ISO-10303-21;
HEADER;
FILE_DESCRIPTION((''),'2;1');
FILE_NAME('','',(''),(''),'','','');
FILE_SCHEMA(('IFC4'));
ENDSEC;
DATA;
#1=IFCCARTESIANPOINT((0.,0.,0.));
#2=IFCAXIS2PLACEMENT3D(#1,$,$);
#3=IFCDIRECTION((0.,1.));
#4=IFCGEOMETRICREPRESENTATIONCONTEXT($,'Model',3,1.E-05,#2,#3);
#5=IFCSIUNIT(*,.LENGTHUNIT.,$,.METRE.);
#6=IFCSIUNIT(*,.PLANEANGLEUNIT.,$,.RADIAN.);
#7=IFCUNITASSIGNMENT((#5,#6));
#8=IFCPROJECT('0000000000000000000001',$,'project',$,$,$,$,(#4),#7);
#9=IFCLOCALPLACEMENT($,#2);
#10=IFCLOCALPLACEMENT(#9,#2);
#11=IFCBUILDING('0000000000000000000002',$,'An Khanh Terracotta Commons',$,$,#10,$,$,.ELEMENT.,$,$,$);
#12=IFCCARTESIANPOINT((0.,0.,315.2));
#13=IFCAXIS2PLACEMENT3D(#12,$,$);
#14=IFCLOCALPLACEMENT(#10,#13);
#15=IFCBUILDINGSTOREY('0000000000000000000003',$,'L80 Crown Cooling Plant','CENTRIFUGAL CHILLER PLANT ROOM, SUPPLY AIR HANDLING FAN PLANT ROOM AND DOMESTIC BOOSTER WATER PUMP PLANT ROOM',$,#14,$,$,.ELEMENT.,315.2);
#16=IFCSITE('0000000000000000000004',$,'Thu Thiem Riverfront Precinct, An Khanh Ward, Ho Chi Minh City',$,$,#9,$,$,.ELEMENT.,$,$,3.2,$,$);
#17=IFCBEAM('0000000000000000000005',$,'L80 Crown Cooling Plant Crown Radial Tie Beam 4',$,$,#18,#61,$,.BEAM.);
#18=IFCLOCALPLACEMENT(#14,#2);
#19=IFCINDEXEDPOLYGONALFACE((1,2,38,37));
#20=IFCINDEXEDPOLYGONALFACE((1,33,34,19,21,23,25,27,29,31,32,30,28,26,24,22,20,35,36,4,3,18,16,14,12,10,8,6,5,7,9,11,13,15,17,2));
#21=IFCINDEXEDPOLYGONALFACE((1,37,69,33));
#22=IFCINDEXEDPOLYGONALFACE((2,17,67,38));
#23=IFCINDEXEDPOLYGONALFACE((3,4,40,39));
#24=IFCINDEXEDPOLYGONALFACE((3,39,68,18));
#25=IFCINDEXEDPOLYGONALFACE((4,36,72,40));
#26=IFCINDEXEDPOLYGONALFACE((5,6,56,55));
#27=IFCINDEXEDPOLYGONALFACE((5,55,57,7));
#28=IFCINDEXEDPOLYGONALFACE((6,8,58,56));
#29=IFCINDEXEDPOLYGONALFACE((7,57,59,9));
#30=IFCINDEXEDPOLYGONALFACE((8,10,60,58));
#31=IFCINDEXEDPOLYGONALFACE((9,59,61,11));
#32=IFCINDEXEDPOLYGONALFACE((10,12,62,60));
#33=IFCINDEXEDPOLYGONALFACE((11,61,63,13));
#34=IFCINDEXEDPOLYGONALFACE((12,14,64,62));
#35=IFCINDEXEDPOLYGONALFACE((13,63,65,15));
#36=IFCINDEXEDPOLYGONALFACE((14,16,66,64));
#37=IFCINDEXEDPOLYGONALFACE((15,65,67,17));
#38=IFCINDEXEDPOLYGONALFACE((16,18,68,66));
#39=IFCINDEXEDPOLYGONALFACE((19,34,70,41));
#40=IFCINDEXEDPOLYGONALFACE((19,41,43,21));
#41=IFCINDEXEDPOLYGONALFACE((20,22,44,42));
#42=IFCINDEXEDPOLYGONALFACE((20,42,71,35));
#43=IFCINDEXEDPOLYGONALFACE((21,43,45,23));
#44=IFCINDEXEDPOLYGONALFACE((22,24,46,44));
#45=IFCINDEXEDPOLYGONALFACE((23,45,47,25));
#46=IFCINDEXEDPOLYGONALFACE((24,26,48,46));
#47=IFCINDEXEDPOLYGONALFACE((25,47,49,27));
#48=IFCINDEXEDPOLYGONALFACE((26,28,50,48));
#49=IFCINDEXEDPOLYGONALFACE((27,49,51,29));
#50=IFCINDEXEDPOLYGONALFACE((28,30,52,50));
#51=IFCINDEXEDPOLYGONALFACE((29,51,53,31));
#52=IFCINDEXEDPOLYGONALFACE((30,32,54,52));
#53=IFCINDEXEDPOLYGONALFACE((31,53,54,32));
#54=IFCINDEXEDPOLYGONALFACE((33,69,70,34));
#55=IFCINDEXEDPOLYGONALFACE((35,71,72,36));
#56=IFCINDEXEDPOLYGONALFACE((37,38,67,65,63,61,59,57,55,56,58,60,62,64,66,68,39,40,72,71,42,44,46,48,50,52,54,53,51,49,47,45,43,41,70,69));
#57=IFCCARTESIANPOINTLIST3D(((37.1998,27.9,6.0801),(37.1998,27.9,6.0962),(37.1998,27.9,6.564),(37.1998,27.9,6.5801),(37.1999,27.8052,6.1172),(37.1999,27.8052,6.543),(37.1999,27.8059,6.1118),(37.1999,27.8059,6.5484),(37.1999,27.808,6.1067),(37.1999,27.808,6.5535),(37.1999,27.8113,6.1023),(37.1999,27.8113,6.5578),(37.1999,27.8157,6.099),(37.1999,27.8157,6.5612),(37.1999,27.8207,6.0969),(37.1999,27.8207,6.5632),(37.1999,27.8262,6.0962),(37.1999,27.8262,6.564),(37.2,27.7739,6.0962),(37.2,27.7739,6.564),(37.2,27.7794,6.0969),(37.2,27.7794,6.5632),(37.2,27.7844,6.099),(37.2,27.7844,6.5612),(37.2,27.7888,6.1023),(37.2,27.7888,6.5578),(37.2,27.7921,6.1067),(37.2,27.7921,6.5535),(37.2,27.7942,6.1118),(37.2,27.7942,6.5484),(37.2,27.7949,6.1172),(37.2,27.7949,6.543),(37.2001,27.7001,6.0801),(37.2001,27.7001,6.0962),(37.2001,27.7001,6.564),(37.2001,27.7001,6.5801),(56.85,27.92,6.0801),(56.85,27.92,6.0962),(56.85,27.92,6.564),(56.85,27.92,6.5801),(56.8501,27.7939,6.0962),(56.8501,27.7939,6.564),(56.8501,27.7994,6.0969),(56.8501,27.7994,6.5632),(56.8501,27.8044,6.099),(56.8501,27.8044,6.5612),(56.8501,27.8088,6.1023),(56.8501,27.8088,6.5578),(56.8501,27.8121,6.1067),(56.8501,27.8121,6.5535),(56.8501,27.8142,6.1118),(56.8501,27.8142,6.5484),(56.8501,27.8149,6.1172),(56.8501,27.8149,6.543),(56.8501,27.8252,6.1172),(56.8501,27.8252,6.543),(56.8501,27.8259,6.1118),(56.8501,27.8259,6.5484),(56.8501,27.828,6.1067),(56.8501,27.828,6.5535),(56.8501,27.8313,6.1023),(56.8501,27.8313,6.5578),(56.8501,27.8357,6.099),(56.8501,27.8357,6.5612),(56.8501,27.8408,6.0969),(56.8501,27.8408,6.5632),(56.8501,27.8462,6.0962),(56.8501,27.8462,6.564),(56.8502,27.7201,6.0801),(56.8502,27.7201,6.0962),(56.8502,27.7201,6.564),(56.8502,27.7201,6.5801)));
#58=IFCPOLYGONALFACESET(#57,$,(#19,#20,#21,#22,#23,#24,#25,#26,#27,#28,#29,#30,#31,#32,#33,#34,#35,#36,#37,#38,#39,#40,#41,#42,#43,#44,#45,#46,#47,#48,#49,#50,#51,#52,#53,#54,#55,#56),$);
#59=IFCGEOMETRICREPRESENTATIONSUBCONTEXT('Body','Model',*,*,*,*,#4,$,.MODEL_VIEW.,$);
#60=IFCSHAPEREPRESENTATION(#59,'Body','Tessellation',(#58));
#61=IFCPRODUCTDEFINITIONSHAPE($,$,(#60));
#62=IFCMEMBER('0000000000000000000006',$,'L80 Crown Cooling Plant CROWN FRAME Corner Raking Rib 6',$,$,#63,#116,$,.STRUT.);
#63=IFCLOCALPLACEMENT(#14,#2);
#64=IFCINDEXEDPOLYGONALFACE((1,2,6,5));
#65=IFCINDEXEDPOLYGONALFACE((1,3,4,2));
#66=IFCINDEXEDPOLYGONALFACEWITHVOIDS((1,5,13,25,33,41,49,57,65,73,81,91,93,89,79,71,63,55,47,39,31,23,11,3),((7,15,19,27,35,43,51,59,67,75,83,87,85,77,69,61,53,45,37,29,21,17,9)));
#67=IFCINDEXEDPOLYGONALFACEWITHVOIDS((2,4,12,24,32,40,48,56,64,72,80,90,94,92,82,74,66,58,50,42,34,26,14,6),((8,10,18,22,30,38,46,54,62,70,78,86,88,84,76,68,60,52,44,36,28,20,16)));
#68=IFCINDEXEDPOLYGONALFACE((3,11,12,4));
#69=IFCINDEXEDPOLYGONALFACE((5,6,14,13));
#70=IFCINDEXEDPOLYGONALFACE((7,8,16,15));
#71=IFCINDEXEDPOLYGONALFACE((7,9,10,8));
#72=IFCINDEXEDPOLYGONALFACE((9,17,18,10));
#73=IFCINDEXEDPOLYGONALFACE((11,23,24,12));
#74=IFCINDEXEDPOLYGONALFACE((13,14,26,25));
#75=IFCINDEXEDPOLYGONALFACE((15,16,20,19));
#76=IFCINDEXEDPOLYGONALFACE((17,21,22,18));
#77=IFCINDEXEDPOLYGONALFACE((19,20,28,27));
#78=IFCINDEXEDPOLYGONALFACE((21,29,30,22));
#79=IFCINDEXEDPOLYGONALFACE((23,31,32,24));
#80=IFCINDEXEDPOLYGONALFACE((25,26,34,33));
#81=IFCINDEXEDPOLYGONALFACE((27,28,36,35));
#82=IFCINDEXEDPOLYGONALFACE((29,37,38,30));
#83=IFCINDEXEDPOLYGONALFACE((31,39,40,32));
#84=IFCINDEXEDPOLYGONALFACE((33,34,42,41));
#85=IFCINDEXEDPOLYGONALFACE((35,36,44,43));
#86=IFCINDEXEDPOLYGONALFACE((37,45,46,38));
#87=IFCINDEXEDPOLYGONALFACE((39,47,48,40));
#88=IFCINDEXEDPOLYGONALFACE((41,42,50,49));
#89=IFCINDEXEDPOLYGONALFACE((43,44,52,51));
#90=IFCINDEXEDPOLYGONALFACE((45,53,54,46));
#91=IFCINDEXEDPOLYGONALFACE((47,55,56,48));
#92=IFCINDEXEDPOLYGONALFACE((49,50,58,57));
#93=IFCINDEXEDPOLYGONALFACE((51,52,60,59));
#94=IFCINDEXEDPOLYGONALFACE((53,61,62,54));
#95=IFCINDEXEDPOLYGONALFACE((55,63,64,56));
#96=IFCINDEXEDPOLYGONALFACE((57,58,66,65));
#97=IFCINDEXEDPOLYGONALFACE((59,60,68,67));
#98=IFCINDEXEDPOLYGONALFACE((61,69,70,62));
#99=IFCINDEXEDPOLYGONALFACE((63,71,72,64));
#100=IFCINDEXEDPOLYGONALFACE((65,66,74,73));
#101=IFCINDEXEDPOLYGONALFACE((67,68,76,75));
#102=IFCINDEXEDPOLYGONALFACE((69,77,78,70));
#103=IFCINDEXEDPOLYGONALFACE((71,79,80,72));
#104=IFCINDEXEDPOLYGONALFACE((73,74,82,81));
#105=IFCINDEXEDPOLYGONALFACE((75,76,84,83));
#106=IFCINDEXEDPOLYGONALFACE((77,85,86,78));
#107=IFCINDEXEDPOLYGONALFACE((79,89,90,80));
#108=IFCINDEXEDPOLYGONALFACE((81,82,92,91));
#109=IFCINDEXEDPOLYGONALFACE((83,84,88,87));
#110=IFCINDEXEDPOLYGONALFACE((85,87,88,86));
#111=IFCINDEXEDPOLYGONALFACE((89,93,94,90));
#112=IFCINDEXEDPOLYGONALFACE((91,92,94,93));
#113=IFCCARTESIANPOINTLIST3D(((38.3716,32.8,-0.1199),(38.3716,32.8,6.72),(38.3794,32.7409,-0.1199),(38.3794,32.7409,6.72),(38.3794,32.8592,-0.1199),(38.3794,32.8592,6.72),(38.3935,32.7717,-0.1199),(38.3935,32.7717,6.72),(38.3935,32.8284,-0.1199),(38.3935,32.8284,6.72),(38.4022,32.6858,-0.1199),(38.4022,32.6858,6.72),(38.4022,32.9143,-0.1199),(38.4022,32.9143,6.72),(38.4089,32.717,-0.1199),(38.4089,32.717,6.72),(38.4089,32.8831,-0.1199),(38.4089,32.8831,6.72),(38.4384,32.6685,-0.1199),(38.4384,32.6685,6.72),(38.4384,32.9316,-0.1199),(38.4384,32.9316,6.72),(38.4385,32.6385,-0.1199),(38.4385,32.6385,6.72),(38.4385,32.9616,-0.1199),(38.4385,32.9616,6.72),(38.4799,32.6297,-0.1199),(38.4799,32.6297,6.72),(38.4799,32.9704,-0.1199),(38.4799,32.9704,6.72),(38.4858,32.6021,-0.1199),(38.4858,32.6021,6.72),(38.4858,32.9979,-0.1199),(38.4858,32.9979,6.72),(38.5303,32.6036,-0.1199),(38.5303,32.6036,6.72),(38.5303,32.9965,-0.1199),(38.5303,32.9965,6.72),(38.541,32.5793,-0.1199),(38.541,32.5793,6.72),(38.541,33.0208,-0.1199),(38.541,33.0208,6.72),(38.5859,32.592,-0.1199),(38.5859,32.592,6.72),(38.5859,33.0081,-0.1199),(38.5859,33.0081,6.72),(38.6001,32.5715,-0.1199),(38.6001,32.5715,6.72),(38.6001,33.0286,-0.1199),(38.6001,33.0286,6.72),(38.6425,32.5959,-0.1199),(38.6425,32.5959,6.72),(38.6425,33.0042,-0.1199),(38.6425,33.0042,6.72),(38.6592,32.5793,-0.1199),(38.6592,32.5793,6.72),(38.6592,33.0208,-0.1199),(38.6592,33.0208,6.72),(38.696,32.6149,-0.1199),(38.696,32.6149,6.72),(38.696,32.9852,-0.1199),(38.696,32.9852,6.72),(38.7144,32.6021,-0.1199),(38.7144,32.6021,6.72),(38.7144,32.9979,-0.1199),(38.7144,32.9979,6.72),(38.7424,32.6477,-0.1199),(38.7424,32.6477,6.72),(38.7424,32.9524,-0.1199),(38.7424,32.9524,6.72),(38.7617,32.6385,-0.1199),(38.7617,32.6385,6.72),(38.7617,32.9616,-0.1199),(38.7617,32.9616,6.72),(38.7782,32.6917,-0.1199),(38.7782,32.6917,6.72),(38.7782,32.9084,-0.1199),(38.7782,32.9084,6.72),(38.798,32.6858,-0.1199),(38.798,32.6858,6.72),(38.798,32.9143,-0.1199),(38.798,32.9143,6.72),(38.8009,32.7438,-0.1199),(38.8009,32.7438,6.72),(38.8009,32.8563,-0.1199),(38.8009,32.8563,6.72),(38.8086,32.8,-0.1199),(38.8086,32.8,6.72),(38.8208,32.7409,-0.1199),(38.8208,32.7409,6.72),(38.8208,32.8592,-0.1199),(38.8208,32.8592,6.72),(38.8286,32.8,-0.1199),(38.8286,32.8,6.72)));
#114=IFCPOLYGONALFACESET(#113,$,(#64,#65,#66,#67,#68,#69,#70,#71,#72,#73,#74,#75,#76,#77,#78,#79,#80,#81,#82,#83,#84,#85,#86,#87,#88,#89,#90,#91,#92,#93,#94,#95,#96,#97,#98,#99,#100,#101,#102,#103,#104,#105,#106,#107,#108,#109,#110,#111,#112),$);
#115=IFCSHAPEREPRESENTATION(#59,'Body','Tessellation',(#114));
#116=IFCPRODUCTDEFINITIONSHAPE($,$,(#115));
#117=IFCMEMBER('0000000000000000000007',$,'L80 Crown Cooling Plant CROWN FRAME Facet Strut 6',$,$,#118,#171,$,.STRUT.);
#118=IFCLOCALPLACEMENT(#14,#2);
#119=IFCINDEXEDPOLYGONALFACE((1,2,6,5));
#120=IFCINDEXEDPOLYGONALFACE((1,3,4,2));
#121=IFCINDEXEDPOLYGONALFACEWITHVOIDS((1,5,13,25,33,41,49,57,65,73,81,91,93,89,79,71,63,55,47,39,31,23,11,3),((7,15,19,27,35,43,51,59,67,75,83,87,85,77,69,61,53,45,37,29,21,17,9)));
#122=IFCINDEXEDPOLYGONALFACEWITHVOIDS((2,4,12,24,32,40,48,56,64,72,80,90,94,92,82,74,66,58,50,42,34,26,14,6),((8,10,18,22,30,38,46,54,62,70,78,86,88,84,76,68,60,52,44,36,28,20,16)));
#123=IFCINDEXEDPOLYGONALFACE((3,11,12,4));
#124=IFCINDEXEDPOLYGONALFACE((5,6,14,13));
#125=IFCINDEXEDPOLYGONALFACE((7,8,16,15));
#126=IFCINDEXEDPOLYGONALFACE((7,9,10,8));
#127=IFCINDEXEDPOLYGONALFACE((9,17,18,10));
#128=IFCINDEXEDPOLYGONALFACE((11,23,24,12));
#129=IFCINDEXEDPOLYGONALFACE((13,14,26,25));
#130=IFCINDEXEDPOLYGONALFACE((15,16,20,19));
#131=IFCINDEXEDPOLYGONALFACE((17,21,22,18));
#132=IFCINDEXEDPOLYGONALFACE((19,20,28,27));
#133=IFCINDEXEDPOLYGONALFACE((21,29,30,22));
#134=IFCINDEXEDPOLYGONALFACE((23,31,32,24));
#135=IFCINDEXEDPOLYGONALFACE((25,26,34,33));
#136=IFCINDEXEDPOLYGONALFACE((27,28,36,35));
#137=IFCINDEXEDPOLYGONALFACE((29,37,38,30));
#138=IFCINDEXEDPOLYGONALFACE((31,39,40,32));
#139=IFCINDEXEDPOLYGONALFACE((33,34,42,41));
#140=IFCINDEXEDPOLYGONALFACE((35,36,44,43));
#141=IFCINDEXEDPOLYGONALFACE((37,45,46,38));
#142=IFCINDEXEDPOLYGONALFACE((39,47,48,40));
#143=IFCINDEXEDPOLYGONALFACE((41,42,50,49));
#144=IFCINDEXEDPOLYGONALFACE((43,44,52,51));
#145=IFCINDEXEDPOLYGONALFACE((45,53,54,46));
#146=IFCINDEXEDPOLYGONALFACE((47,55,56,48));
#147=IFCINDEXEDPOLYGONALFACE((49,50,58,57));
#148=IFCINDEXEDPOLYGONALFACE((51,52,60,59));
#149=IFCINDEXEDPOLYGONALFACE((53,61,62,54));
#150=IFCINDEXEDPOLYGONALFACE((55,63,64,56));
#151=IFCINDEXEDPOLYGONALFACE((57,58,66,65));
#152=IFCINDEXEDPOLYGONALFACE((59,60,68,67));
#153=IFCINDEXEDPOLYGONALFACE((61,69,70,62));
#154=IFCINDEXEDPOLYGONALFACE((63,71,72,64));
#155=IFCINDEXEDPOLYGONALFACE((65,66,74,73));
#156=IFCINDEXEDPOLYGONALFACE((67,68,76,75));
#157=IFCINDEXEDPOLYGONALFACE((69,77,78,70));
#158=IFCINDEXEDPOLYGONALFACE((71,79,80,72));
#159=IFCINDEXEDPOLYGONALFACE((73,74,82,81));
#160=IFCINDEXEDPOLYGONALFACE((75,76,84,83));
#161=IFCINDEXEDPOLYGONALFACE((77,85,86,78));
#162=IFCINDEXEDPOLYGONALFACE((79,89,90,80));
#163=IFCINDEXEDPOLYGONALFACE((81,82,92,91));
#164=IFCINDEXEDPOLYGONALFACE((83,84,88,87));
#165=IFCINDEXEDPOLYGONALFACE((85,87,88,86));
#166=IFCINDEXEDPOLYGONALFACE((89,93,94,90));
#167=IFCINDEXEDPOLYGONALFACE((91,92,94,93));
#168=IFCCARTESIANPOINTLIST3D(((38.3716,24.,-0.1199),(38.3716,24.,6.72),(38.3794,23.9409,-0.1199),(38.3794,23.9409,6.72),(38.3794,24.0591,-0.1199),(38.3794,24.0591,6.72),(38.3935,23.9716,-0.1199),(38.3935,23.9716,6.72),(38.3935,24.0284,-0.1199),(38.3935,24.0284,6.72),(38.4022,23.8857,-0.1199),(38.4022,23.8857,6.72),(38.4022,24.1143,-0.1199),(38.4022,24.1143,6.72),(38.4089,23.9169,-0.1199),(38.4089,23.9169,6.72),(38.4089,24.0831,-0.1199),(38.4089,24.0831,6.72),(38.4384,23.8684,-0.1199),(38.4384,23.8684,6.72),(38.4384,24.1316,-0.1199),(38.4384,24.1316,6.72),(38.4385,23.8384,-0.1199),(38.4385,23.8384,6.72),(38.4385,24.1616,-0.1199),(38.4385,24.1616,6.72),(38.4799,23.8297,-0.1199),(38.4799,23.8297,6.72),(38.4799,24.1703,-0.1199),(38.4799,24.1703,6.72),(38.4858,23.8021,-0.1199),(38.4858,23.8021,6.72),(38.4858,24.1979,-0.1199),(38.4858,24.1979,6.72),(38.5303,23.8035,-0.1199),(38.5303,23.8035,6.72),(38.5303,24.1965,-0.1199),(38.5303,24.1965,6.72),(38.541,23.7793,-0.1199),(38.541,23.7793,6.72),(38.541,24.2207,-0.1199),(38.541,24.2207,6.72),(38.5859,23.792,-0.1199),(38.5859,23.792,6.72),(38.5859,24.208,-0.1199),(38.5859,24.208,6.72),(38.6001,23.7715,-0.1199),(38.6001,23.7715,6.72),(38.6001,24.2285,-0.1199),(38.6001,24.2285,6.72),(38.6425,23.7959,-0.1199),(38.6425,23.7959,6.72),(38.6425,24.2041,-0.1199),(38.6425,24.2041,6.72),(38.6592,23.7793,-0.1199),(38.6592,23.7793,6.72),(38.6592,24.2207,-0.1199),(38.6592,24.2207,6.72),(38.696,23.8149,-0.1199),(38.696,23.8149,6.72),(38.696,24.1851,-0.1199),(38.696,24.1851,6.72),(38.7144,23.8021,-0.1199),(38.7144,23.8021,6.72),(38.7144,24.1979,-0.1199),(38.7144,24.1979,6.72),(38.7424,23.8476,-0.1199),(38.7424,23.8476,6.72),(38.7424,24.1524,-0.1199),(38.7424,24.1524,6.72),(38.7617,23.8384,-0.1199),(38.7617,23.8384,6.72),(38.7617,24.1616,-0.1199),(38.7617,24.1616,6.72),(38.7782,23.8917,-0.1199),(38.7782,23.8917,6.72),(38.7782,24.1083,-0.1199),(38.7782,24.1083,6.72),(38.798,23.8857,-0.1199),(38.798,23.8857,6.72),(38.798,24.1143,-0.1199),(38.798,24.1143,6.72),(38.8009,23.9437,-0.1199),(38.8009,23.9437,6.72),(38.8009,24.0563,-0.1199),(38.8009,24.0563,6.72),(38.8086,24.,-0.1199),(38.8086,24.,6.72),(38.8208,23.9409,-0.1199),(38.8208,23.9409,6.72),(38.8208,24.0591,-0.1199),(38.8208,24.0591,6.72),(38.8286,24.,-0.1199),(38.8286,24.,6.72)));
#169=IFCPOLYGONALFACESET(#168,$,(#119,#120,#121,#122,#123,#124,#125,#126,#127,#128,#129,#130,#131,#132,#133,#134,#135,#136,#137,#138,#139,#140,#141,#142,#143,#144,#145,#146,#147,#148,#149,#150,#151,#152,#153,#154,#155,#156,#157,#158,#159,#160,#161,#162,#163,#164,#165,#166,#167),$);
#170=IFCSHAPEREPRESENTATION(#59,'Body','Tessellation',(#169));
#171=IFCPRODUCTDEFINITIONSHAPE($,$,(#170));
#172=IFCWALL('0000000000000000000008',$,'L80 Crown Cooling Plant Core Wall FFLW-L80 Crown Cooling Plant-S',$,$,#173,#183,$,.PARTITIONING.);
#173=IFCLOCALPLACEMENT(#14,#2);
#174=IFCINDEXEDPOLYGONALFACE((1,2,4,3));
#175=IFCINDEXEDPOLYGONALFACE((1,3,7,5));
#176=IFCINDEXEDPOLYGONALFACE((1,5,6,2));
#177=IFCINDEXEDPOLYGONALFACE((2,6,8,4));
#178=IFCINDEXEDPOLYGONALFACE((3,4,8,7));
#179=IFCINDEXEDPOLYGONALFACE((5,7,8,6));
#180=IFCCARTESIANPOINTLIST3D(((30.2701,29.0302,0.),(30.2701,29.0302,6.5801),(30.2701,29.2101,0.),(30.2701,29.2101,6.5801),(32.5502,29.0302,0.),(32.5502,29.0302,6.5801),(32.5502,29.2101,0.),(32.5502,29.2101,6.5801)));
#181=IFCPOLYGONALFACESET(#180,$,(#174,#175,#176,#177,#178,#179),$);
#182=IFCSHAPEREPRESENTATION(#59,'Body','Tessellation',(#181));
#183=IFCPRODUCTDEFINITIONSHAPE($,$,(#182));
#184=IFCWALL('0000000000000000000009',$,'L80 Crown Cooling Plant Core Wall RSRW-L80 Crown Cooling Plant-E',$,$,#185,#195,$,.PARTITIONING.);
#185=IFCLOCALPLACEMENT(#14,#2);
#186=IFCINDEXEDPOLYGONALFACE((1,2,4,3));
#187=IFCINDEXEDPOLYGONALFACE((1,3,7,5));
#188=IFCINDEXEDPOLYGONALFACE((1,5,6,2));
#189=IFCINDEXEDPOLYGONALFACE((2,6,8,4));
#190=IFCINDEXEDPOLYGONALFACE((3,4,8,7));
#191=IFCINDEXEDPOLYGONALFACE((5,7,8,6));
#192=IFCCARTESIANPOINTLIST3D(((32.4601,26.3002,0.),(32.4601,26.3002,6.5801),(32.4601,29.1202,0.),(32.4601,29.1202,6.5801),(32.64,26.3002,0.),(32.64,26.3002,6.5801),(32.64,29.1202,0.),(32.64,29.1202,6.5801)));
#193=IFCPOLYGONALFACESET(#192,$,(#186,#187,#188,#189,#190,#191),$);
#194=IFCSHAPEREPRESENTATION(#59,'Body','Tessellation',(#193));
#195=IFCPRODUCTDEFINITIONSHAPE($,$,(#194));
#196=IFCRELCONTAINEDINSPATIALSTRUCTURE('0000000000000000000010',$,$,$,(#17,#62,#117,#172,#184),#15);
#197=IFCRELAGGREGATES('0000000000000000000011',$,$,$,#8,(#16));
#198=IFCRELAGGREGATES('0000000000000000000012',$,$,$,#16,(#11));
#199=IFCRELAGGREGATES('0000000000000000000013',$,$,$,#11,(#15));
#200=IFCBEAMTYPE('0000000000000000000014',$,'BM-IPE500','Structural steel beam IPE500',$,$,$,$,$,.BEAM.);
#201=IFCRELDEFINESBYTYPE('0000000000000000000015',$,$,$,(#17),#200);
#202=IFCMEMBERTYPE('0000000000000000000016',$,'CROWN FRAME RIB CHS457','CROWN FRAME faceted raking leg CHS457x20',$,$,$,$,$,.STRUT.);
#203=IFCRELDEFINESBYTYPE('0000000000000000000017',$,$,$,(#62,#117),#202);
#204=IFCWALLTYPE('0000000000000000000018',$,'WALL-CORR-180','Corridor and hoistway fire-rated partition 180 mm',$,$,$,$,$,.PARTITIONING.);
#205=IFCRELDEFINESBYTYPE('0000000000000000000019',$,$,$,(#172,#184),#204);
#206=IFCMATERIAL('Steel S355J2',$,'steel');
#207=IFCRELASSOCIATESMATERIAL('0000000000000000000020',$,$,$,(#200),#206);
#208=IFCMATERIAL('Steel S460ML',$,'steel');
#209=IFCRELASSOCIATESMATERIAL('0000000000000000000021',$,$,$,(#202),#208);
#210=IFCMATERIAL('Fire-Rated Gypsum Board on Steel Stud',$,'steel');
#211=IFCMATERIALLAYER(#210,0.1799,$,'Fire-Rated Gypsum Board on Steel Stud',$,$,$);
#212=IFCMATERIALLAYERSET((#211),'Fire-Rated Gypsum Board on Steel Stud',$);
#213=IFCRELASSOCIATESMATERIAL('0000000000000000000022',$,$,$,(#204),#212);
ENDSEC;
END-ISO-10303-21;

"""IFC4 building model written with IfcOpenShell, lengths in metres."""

from ifc_helpers import new_model, si_unit, direction, frame, frame_2d, origin, origin_2d, place, context, subcontext, project, spatial, rectangle, hollow_circle, i_section, extrude, material, layer, layer_set, material_profile, profile_set, type_object, element, save


model = new_model("IFC4")

# Units and contexts
model_context = context("Model", 3, precision=1e-05, world=origin(), true_north=direction((0.0, 1.0)))
body_context = subcontext(model_context, "Body", "Model", "MODEL_VIEW")
ifc_project = project(units=[si_unit("LENGTHUNIT", "METRE"), si_unit("PLANEANGLEUNIT", "RADIAN")], contexts=[model_context])

# Site, building, storey
site_placement = place(None, origin())
site = spatial("IfcSite", under=ifc_project, at=site_placement, Name="Thu Thiem Riverfront Precinct, An Khanh Ward, Ho Chi Minh City", CompositionType="ELEMENT", RefElevation=3.2)
building_placement = place(site_placement, origin())
building = spatial("IfcBuilding", under=site, at=building_placement, Name="An Khanh Terracotta Commons", CompositionType="ELEMENT")
storey_placement = place(building_placement, frame((0.0, 0.0, 315.2)))
storey = spatial("IfcBuildingStorey", under=building, at=storey_placement, Name="L80 Crown Cooling Plant", Description="CENTRIFUGAL CHILLER PLANT ROOM, SUPPLY AIR HANDLING FAN PLANT ROOM AND DOMESTIC BOOSTER WATER PUMP PLANT ROOM", CompositionType="ELEMENT", Elevation=315.2)

# Beam
ifc_material_1 = material(Name="Steel S355J2", Category="steel")
ifc_material_profile_1 = material_profile(ifc_material_1, i_section(OverallWidth=0.2, OverallDepth=0.5, WebThickness=0.0103, FlangeThickness=0.0161, FilletRadius=0.021, at=origin_2d()), Name="IPE500")
ifc_profile_set_1 = profile_set([ifc_material_profile_1], Name="Steel S355J2")
beam_type_1 = type_object("IfcBeamType", Name="BM-IPE500", Description="Structural steel beam IPE500", PredefinedType="BEAM", material=ifc_profile_set_1)
for number, where, z_axis, x_axis, name in (
    (1, (37.2, 27.8, 6.3301), (0.999999, 0.001019, 0.0), (-0.001019, 0.999999, 0.0), "L80 Crown Cooling Plant Crown Radial Tie Beam 4"),
):
    element("IfcBeam", number, at=place(storey_placement, frame(where, z_axis=z_axis, x_axis=x_axis)), inside=storey, type_object=beam_type_1, Name=name, PredefinedType="BEAM", context=body_context, shape_type="SweptSolid", body=[
        extrude(i_section(OverallWidth=0.2, OverallDepth=0.5, WebThickness=0.0103, FlangeThickness=0.0161, FilletRadius=0.021, at=origin_2d()), origin(), (0.0, 0.0, 1.0), 19.6501),
    ])

# Members
ifc_material_2 = material(Name="Steel S460ML", Category="steel")
ifc_material_profile_2 = material_profile(ifc_material_2, hollow_circle(Radius=0.2285, WallThickness=0.02, at=origin_2d()), Name="CHS457x20")
ifc_profile_set_2 = profile_set([ifc_material_profile_2], Name="Steel S460ML")
member_type = type_object("IfcMemberType", Name="CROWN FRAME RIB CHS457", Description="CROWN FRAME faceted raking leg CHS457x20", PredefinedType="STRUT", material=ifc_profile_set_2)
for number, where, z_axis, x_axis, name in (
    (2, (38.6001, 32.8, -0.1199), (0.0, 0.0, 1.0), (1.0, 0.0, 0.0), "L80 Crown Cooling Plant CROWN FRAME Corner Raking Rib 6"),
    (3, (38.6001, 24.0, -0.1199), (0.0, 0.0, 1.0), (1.0, 0.0, 0.0), "L80 Crown Cooling Plant CROWN FRAME Facet Strut 6"),
):
    element("IfcMember", number, at=place(storey_placement, frame(where, z_axis=z_axis, x_axis=x_axis)), inside=storey, type_object=member_type, Name=name, PredefinedType="STRUT", context=body_context, shape_type="SweptSolid", body=[
        extrude(hollow_circle(Radius=0.2285, WallThickness=0.02, at=origin_2d()), origin(), (0.0, 0.0, 1.0), 6.8398),
    ])

# Walls
ifc_material_3 = material(Name="Fire-Rated Gypsum Board on Steel Stud", Category="steel")
ifc_layer_1 = layer(ifc_material_3, 0.1799, Name="Fire-Rated Gypsum Board on Steel Stud")
ifc_layer_set_1 = layer_set([ifc_layer_1], Name="Fire-Rated Gypsum Board on Steel Stud")
wall_type_1 = type_object("IfcWallType", Name="WALL-CORR-180", Description="Corridor and hoistway fire-rated partition 180 mm", PredefinedType="PARTITIONING", material=ifc_layer_set_1)
wall_1_placement = place(storey_placement, frame((30.27, 29.1201, 0.0), z_axis=(0.0, 0.0, 1.0), x_axis=(1.0, 0.0, 0.0)))
element("IfcWall", 4, at=wall_1_placement, inside=storey, type_object=wall_type_1, Name="L80 Crown Cooling Plant Core Wall FFLW-L80 Crown Cooling Plant-S", PredefinedType="PARTITIONING", context=body_context, shape_type="SweptSolid", body=[
    extrude(rectangle(XDim=2.28, YDim=0.1799, at=frame_2d((1.1401, 0.0))), origin(), (0.0, 0.0, 1.0), 6.5801),
])
wall_2_placement = place(storey_placement, frame((32.55, 26.3, 0.0), z_axis=(0.0, 0.0, 1.0), x_axis=(0.0, 1.0, 0.0)))
element("IfcWall", 5, at=wall_2_placement, inside=storey, type_object=wall_type_1, Name="L80 Crown Cooling Plant Core Wall RSRW-L80 Crown Cooling Plant-E", PredefinedType="PARTITIONING", context=body_context, shape_type="SweptSolid", body=[
    extrude(rectangle(XDim=2.8201, YDim=0.1799, at=frame_2d((1.4102, 0.0))), origin(), (0.0, 0.0, 1.0), 6.5801),
])

save(model, "model.ifc")
